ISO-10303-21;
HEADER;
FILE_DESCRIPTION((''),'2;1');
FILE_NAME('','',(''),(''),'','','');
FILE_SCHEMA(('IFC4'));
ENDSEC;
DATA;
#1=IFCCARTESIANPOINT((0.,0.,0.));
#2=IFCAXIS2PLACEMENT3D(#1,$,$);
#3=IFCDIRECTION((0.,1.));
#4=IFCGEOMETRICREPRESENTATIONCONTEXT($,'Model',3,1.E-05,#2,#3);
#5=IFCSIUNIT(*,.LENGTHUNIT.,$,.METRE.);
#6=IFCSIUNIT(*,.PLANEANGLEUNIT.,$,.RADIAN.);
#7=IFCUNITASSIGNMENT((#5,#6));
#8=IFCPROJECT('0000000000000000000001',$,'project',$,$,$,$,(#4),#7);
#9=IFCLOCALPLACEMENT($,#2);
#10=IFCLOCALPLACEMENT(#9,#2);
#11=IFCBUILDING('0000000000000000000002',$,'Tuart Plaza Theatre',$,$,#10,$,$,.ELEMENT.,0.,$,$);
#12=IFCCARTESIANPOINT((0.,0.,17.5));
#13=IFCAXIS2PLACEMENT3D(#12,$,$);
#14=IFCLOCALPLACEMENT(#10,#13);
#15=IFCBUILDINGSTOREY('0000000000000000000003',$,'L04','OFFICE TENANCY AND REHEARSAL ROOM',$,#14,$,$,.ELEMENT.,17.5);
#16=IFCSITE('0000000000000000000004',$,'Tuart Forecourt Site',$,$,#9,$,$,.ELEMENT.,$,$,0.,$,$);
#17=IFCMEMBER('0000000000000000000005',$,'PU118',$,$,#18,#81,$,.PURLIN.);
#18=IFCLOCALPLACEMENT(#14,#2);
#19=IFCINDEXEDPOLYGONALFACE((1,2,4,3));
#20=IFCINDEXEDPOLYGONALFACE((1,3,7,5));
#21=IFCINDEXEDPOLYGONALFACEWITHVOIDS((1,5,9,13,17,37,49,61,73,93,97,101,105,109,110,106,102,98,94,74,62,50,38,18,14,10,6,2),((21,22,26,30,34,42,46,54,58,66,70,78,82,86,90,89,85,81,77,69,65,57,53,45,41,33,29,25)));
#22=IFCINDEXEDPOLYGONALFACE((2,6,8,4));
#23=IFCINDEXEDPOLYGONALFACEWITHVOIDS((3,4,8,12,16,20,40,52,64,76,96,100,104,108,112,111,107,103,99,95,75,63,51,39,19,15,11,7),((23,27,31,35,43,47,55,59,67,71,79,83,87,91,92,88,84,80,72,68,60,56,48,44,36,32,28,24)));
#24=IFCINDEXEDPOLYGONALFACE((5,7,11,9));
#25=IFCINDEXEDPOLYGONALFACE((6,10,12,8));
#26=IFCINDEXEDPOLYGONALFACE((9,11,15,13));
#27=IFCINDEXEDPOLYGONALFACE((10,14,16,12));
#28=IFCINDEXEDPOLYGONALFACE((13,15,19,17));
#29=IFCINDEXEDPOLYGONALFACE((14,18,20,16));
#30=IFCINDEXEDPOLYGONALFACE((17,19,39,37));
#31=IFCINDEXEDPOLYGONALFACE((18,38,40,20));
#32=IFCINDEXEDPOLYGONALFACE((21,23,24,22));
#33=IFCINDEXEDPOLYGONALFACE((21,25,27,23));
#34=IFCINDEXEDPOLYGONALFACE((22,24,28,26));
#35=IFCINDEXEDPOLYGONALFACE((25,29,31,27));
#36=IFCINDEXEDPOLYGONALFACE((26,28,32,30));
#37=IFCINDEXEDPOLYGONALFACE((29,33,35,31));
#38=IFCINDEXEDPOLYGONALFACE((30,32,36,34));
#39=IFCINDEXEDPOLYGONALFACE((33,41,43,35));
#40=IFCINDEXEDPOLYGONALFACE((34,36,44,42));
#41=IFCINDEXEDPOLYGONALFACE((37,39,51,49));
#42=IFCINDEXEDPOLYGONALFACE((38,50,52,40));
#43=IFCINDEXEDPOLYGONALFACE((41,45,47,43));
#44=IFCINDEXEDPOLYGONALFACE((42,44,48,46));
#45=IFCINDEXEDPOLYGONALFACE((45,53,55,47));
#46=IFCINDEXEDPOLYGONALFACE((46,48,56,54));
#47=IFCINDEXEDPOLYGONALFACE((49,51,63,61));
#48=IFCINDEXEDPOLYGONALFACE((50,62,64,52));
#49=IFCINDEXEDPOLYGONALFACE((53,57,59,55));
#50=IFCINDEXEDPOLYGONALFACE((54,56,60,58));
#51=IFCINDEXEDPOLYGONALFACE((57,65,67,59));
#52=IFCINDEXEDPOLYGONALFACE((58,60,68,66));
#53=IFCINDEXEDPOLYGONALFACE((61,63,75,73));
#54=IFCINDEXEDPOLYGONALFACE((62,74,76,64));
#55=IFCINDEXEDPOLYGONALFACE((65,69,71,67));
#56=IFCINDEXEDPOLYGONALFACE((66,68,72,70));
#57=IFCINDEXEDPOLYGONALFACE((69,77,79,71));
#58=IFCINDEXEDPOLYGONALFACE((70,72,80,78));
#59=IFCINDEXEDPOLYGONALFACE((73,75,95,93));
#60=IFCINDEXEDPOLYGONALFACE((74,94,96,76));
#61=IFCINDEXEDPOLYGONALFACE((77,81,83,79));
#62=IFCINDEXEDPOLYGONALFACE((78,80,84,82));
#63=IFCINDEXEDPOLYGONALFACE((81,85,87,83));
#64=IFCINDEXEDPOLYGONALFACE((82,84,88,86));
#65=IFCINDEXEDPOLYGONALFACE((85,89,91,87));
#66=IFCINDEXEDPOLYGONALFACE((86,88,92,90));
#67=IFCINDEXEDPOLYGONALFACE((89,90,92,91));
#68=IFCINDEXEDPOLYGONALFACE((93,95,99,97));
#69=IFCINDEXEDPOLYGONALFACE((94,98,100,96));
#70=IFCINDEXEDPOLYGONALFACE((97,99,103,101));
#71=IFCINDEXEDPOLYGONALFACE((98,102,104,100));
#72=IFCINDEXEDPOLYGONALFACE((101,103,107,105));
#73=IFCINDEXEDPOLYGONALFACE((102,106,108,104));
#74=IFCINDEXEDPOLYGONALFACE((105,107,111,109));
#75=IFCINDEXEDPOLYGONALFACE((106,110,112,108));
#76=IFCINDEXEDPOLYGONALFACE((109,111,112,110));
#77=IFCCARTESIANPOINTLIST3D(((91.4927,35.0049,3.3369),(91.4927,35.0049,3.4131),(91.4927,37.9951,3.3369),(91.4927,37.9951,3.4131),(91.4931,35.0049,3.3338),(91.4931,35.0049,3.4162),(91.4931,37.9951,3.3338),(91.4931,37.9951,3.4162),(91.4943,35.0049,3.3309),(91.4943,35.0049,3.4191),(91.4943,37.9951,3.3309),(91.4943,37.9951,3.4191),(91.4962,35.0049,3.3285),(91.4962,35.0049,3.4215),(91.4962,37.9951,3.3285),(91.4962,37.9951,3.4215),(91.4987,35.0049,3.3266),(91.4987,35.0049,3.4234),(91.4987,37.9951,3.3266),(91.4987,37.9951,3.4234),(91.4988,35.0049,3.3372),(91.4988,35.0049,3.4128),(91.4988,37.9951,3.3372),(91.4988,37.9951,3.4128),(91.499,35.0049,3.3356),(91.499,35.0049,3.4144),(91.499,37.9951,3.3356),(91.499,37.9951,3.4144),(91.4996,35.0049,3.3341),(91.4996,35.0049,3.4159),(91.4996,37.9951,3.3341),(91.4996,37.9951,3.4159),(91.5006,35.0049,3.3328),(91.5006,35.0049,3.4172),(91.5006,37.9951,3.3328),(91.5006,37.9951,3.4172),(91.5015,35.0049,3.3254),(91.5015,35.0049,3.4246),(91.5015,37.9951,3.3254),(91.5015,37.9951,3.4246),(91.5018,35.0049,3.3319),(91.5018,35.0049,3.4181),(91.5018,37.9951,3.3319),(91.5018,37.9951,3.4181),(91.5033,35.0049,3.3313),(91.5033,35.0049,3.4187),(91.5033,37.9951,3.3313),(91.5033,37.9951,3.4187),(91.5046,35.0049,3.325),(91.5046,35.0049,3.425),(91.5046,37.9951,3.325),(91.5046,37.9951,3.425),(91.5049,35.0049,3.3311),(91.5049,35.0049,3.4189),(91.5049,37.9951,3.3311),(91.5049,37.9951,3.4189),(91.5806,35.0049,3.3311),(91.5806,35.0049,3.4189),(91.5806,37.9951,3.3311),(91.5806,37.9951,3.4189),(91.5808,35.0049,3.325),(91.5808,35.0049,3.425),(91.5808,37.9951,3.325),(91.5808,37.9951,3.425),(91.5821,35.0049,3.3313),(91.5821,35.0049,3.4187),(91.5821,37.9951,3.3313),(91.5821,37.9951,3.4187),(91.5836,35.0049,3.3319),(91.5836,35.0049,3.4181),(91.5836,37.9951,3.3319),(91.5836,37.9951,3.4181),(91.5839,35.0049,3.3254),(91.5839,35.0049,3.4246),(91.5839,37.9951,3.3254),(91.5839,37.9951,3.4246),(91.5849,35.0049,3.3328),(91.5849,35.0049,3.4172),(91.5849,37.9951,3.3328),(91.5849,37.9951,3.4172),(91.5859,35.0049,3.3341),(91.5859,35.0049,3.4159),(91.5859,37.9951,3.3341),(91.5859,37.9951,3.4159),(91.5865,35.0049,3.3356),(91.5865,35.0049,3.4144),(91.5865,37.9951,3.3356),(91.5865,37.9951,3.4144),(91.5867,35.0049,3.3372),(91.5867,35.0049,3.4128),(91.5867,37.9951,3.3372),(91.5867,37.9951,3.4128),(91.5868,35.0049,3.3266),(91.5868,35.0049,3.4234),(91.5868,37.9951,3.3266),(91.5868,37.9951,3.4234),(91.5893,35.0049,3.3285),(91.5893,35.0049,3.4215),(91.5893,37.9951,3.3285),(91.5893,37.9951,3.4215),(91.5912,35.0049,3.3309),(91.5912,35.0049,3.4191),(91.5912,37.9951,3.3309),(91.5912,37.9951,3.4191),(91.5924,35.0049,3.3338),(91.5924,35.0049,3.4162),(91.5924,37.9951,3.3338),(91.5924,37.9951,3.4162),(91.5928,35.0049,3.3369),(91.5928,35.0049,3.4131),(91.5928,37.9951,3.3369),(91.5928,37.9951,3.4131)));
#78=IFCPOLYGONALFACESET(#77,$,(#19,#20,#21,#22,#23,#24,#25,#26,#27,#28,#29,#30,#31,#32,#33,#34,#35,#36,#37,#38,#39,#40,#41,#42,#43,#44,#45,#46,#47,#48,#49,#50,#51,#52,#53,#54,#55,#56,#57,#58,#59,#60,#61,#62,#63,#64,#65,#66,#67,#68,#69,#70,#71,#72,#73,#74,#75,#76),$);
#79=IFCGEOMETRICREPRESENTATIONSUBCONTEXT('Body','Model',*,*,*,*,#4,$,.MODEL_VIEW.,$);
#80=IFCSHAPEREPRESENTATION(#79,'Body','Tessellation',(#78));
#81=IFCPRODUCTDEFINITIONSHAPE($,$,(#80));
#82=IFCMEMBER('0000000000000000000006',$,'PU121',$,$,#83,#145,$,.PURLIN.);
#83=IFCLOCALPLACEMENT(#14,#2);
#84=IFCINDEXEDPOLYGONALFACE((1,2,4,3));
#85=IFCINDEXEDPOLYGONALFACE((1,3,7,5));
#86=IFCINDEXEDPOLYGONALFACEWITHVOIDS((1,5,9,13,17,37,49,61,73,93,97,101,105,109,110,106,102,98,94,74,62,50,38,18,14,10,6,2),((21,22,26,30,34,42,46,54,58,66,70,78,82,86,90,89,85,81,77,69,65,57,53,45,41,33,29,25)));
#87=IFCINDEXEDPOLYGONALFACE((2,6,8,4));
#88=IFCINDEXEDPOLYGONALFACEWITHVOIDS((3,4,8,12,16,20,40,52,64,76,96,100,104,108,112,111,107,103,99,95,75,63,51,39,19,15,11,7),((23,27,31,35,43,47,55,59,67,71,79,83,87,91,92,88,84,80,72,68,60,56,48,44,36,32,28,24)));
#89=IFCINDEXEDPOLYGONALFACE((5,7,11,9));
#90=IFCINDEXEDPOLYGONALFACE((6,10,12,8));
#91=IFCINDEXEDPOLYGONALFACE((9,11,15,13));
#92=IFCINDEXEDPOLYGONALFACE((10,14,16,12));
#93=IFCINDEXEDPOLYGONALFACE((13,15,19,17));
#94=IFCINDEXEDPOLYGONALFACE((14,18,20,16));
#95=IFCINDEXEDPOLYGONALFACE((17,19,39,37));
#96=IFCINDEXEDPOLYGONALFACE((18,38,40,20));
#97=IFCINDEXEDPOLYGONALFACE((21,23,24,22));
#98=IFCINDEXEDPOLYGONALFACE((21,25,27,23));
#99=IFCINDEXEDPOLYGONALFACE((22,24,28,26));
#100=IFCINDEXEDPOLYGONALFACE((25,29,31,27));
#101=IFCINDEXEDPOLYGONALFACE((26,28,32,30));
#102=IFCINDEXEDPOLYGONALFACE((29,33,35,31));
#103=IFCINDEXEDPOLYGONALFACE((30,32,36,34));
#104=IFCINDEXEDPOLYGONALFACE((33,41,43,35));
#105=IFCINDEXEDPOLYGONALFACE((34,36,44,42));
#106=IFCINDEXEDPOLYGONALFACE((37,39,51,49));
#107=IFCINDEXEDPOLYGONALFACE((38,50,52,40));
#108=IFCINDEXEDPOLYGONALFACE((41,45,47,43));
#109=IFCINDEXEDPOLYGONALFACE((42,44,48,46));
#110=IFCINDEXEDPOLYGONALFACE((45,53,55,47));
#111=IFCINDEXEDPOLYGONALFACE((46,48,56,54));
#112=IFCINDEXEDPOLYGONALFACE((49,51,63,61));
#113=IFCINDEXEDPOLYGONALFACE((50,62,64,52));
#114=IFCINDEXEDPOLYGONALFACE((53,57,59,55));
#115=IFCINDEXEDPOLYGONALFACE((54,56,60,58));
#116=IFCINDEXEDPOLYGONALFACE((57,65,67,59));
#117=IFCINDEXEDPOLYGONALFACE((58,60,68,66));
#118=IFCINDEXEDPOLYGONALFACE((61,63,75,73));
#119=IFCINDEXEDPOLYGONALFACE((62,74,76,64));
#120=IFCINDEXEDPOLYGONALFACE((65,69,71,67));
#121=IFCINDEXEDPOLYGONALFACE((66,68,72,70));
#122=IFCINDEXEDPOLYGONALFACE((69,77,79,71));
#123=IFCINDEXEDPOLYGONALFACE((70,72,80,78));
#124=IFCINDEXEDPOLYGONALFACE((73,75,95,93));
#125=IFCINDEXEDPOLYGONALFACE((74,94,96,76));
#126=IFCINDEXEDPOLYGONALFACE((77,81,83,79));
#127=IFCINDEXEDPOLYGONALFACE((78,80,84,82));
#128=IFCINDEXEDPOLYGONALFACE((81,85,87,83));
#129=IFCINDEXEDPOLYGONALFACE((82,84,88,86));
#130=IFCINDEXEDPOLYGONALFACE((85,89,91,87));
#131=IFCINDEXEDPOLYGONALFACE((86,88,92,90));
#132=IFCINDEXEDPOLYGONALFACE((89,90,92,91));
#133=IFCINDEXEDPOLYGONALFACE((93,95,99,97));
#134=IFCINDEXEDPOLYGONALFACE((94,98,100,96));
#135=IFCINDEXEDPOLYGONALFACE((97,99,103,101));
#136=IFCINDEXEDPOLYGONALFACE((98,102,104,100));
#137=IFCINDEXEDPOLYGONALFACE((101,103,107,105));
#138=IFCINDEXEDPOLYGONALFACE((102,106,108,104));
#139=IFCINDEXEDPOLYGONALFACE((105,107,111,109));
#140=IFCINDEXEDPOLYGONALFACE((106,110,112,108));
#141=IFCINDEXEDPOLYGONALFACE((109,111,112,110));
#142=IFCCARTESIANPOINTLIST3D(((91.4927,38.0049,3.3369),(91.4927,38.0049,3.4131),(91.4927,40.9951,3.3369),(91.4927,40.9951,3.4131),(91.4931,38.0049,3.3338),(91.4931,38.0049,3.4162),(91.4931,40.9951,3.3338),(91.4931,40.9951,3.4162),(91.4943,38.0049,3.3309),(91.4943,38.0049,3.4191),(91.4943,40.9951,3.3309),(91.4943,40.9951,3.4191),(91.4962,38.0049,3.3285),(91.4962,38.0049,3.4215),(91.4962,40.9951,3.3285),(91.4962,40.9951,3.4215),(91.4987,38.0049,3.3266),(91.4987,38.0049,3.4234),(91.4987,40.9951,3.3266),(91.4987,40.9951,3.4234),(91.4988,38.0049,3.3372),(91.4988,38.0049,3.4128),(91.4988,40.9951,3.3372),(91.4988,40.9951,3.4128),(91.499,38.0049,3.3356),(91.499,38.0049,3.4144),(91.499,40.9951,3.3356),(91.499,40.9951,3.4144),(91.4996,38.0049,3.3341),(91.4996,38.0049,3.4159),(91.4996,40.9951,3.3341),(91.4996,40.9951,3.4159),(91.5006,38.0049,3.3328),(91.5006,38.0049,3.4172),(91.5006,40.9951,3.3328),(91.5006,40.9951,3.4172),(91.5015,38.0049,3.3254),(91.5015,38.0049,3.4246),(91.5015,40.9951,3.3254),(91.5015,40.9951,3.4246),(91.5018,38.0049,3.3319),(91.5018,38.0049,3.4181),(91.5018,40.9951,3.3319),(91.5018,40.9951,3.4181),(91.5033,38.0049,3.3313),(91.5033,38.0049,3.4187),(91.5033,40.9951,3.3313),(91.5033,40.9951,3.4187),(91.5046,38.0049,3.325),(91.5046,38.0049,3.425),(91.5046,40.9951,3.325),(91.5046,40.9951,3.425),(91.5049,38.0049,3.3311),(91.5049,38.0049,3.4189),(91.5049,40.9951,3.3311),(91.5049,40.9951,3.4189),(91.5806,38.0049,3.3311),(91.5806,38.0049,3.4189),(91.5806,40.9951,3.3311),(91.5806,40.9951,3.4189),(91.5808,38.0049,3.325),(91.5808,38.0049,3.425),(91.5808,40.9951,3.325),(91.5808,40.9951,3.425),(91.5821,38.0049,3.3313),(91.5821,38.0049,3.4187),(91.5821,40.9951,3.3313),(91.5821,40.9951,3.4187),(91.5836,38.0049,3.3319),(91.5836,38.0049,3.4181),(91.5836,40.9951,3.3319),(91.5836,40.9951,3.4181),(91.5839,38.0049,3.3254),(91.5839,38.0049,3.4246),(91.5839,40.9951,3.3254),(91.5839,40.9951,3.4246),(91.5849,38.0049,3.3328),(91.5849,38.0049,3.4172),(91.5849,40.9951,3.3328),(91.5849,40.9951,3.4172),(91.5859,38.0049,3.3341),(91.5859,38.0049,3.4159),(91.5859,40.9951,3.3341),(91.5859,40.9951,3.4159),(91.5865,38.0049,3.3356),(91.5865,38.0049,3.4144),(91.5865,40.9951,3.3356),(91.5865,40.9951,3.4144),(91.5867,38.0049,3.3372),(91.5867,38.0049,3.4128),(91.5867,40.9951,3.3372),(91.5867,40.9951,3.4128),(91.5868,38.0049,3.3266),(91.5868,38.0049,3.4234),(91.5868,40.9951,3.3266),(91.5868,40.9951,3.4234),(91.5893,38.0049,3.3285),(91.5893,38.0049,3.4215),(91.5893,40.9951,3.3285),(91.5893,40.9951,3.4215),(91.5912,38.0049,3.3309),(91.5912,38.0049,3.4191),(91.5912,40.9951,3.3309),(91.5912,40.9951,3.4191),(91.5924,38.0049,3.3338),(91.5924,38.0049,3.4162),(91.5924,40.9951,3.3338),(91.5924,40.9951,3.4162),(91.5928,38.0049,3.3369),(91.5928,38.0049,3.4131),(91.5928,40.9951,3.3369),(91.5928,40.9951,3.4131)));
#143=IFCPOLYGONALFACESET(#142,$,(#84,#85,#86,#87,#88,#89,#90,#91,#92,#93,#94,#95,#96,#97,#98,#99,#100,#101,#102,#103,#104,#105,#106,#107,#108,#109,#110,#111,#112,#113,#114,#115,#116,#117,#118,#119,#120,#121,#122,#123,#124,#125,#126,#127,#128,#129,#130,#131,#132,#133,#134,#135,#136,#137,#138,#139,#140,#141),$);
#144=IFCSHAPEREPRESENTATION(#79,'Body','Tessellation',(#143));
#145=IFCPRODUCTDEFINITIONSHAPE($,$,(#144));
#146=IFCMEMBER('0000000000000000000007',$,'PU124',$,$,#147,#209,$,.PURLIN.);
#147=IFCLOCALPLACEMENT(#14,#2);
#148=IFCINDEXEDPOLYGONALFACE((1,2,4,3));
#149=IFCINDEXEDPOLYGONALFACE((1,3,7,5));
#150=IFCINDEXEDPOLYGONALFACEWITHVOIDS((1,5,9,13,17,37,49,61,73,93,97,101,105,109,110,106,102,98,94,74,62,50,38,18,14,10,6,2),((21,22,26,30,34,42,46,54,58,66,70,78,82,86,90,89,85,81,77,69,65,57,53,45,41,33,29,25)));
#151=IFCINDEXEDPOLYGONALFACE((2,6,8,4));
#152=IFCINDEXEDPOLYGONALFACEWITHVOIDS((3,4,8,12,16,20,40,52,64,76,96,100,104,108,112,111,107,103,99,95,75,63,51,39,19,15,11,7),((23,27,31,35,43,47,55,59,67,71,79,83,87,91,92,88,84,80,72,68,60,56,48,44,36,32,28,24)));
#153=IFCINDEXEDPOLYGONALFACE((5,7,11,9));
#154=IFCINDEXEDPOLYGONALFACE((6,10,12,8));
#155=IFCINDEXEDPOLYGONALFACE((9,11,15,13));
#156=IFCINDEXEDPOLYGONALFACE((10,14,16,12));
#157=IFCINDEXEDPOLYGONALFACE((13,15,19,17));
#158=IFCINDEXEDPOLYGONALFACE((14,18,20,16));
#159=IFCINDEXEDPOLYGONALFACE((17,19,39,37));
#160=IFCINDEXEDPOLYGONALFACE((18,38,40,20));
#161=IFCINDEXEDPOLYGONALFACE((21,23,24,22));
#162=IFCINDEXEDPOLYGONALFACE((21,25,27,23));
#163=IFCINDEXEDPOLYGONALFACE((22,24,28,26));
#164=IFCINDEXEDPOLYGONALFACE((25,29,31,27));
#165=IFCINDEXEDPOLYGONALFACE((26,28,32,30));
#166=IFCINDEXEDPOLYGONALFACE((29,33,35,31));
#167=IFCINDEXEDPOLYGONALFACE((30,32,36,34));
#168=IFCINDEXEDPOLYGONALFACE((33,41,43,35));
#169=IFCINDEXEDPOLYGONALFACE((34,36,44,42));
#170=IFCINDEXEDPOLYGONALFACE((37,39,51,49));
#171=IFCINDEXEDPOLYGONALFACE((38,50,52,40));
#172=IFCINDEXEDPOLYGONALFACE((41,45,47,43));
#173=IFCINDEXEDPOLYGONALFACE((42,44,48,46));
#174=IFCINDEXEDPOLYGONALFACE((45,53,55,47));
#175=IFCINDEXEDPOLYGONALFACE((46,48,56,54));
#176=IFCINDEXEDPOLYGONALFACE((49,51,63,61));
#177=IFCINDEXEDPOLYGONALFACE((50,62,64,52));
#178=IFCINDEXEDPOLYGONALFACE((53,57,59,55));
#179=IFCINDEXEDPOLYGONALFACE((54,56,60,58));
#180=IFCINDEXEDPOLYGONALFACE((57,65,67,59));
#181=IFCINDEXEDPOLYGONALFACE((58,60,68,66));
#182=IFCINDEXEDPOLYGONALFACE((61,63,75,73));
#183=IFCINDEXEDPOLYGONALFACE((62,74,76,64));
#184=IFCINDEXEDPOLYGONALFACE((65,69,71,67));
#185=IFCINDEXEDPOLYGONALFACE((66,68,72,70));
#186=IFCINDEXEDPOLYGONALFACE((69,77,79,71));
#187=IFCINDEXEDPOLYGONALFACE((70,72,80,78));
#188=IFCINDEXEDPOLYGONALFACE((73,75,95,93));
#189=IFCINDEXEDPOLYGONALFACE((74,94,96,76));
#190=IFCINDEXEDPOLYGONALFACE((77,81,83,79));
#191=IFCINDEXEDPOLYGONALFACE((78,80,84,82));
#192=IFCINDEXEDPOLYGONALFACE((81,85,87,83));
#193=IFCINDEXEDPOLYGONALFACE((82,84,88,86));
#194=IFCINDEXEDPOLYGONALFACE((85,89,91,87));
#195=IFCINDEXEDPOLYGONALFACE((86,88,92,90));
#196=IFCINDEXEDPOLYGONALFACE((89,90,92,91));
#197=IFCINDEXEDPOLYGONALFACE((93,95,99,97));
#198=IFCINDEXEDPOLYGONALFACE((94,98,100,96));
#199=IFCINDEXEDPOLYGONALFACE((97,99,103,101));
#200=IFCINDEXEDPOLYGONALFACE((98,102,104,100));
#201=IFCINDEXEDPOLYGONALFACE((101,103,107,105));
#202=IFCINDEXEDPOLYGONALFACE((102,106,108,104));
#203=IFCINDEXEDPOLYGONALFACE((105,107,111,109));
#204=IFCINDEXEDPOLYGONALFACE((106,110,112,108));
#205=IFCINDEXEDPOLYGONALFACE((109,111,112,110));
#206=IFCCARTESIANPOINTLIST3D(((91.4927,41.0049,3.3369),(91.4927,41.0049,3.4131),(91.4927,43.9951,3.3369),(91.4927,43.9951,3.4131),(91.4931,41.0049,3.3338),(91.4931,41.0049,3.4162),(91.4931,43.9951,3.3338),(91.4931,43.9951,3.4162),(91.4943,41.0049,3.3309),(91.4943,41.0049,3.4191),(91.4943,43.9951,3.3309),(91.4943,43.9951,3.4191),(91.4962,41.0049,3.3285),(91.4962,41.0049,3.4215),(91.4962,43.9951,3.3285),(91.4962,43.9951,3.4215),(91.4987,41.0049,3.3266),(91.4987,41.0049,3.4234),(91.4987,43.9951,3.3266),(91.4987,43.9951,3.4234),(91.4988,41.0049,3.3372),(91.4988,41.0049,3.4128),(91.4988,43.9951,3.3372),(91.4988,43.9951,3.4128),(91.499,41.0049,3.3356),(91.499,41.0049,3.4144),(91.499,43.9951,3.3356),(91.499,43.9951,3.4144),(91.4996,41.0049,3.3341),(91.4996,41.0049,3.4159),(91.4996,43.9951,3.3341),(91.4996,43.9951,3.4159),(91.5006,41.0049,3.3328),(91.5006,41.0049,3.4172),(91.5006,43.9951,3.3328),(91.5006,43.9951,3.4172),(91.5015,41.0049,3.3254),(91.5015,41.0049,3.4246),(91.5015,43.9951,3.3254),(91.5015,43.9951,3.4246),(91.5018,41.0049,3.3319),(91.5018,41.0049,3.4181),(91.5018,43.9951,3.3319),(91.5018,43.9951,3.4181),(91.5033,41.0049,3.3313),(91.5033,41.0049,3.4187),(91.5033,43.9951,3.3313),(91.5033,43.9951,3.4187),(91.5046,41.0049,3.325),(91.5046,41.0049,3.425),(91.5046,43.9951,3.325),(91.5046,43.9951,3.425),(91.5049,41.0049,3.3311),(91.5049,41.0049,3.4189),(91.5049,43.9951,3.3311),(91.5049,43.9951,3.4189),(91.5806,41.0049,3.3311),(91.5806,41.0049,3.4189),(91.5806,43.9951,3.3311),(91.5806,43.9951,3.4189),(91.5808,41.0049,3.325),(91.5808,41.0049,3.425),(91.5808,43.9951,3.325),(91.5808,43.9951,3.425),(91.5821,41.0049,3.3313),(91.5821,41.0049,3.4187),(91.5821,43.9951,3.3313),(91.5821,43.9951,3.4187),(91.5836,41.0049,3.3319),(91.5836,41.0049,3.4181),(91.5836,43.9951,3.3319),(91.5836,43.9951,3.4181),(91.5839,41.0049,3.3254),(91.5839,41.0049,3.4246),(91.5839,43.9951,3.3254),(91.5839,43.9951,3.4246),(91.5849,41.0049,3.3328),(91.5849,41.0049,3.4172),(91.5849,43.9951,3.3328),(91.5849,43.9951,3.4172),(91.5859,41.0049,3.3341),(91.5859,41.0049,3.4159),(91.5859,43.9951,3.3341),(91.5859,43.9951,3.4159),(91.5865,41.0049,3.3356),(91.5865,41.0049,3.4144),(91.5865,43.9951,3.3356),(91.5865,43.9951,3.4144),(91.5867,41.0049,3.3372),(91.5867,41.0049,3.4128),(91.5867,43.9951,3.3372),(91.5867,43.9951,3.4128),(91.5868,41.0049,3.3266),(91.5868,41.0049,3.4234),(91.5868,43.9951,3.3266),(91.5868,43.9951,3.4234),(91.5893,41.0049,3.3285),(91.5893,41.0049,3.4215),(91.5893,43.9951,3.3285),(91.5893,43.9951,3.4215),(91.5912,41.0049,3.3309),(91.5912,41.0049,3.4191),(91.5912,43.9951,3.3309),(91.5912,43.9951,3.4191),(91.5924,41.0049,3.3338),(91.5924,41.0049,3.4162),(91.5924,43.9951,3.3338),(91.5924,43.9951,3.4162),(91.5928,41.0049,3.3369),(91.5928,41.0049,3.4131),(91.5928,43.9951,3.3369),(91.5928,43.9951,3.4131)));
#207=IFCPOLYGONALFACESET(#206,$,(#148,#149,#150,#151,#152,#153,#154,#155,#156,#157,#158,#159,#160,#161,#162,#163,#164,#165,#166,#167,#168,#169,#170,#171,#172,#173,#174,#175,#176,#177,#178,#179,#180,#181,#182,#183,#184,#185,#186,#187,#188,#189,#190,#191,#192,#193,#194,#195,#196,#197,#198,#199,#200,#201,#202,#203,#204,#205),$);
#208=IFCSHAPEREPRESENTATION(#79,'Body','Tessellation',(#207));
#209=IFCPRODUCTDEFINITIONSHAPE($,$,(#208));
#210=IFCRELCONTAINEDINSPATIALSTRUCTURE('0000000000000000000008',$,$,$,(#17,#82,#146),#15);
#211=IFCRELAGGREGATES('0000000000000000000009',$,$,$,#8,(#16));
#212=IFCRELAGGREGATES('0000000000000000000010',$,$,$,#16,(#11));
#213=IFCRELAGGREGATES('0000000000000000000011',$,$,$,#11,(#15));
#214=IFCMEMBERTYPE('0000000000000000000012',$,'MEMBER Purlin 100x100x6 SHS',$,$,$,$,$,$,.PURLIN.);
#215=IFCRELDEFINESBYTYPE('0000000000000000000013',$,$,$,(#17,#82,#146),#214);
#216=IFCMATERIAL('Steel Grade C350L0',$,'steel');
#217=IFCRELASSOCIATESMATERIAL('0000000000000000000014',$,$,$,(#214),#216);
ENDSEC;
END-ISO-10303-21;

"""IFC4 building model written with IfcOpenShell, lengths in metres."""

from ifc_helpers import new_model, si_unit, direction, frame, origin, origin_2d, place, context, subcontext, project, spatial, hollow_rectangle, extrude, material, material_profile, profile_set, type_object, element, save


model = new_model("IFC4")

# Units and contexts
model_context = context("Model", 3, precision=1e-05, world=origin(), true_north=direction((0.0, 1.0)))
body_context = subcontext(model_context, "Body", "Model", "MODEL_VIEW")
ifc_project = project(units=[si_unit("LENGTHUNIT", "METRE"), si_unit("PLANEANGLEUNIT", "RADIAN")], contexts=[model_context])

# Site, building, storey
site_placement = place(None, origin())
site = spatial("IfcSite", under=ifc_project, at=site_placement, Name="Tuart Forecourt Site", CompositionType="ELEMENT", RefElevation=0.0)
building_placement = place(site_placement, origin())
building = spatial("IfcBuilding", under=site, at=building_placement, Name="Tuart Plaza Theatre", CompositionType="ELEMENT", ElevationOfRefHeight=0.0)
storey_placement = place(building_placement, frame((0.0, 0.0, 17.5)))
storey = spatial("IfcBuildingStorey", under=building, at=storey_placement, Name="L04", Description="OFFICE TENANCY AND REHEARSAL ROOM", CompositionType="ELEMENT", Elevation=17.5)

# Members
ifc_material_1 = material(Name="Steel Grade C350L0", Category="steel")
ifc_material_profile_1 = material_profile(ifc_material_1, hollow_rectangle(XDim=0.1001, YDim=0.1001, WallThickness=0.0061, InnerFilletRadius=0.0061, OuterFilletRadius=0.012, at=origin_2d()), Name="100x100x6 SHS")
ifc_profile_set_1 = profile_set([ifc_material_profile_1], Name="Steel Grade C350L0")
member_type_1 = type_object("IfcMemberType", Name="MEMBER Purlin 100x100x6 SHS", PredefinedType="PURLIN", material=ifc_profile_set_1)
for number, where, z_axis, x_axis, name in (
    (1, (91.5427, 35.0049, 3.375), (0.0, 1.0, 0.0), (-1.0, 0.0, 0.0), "PU118"),
    (2, (91.5427, 38.0049, 3.375), (0.0, 1.0, 0.0), (-1.0, 0.0, 0.0), "PU121"),
    (3, (91.5427, 41.0049, 3.375), (0.0, 1.0, 0.0), (-1.0, 0.0, 0.0), "PU124"),
):
    element("IfcMember", number, at=place(storey_placement, frame(where, z_axis=z_axis, x_axis=x_axis)), inside=storey, type_object=member_type_1, Name=name, PredefinedType="PURLIN", context=body_context, shape_type="SweptSolid", body=[
        extrude(hollow_rectangle(XDim=0.1001, YDim=0.1001, WallThickness=0.0061, InnerFilletRadius=0.0061, OuterFilletRadius=0.012, at=origin_2d()), origin(), (0.0, 0.0, 1.0), 2.9902),
    ])

save(model, "model.ifc")
